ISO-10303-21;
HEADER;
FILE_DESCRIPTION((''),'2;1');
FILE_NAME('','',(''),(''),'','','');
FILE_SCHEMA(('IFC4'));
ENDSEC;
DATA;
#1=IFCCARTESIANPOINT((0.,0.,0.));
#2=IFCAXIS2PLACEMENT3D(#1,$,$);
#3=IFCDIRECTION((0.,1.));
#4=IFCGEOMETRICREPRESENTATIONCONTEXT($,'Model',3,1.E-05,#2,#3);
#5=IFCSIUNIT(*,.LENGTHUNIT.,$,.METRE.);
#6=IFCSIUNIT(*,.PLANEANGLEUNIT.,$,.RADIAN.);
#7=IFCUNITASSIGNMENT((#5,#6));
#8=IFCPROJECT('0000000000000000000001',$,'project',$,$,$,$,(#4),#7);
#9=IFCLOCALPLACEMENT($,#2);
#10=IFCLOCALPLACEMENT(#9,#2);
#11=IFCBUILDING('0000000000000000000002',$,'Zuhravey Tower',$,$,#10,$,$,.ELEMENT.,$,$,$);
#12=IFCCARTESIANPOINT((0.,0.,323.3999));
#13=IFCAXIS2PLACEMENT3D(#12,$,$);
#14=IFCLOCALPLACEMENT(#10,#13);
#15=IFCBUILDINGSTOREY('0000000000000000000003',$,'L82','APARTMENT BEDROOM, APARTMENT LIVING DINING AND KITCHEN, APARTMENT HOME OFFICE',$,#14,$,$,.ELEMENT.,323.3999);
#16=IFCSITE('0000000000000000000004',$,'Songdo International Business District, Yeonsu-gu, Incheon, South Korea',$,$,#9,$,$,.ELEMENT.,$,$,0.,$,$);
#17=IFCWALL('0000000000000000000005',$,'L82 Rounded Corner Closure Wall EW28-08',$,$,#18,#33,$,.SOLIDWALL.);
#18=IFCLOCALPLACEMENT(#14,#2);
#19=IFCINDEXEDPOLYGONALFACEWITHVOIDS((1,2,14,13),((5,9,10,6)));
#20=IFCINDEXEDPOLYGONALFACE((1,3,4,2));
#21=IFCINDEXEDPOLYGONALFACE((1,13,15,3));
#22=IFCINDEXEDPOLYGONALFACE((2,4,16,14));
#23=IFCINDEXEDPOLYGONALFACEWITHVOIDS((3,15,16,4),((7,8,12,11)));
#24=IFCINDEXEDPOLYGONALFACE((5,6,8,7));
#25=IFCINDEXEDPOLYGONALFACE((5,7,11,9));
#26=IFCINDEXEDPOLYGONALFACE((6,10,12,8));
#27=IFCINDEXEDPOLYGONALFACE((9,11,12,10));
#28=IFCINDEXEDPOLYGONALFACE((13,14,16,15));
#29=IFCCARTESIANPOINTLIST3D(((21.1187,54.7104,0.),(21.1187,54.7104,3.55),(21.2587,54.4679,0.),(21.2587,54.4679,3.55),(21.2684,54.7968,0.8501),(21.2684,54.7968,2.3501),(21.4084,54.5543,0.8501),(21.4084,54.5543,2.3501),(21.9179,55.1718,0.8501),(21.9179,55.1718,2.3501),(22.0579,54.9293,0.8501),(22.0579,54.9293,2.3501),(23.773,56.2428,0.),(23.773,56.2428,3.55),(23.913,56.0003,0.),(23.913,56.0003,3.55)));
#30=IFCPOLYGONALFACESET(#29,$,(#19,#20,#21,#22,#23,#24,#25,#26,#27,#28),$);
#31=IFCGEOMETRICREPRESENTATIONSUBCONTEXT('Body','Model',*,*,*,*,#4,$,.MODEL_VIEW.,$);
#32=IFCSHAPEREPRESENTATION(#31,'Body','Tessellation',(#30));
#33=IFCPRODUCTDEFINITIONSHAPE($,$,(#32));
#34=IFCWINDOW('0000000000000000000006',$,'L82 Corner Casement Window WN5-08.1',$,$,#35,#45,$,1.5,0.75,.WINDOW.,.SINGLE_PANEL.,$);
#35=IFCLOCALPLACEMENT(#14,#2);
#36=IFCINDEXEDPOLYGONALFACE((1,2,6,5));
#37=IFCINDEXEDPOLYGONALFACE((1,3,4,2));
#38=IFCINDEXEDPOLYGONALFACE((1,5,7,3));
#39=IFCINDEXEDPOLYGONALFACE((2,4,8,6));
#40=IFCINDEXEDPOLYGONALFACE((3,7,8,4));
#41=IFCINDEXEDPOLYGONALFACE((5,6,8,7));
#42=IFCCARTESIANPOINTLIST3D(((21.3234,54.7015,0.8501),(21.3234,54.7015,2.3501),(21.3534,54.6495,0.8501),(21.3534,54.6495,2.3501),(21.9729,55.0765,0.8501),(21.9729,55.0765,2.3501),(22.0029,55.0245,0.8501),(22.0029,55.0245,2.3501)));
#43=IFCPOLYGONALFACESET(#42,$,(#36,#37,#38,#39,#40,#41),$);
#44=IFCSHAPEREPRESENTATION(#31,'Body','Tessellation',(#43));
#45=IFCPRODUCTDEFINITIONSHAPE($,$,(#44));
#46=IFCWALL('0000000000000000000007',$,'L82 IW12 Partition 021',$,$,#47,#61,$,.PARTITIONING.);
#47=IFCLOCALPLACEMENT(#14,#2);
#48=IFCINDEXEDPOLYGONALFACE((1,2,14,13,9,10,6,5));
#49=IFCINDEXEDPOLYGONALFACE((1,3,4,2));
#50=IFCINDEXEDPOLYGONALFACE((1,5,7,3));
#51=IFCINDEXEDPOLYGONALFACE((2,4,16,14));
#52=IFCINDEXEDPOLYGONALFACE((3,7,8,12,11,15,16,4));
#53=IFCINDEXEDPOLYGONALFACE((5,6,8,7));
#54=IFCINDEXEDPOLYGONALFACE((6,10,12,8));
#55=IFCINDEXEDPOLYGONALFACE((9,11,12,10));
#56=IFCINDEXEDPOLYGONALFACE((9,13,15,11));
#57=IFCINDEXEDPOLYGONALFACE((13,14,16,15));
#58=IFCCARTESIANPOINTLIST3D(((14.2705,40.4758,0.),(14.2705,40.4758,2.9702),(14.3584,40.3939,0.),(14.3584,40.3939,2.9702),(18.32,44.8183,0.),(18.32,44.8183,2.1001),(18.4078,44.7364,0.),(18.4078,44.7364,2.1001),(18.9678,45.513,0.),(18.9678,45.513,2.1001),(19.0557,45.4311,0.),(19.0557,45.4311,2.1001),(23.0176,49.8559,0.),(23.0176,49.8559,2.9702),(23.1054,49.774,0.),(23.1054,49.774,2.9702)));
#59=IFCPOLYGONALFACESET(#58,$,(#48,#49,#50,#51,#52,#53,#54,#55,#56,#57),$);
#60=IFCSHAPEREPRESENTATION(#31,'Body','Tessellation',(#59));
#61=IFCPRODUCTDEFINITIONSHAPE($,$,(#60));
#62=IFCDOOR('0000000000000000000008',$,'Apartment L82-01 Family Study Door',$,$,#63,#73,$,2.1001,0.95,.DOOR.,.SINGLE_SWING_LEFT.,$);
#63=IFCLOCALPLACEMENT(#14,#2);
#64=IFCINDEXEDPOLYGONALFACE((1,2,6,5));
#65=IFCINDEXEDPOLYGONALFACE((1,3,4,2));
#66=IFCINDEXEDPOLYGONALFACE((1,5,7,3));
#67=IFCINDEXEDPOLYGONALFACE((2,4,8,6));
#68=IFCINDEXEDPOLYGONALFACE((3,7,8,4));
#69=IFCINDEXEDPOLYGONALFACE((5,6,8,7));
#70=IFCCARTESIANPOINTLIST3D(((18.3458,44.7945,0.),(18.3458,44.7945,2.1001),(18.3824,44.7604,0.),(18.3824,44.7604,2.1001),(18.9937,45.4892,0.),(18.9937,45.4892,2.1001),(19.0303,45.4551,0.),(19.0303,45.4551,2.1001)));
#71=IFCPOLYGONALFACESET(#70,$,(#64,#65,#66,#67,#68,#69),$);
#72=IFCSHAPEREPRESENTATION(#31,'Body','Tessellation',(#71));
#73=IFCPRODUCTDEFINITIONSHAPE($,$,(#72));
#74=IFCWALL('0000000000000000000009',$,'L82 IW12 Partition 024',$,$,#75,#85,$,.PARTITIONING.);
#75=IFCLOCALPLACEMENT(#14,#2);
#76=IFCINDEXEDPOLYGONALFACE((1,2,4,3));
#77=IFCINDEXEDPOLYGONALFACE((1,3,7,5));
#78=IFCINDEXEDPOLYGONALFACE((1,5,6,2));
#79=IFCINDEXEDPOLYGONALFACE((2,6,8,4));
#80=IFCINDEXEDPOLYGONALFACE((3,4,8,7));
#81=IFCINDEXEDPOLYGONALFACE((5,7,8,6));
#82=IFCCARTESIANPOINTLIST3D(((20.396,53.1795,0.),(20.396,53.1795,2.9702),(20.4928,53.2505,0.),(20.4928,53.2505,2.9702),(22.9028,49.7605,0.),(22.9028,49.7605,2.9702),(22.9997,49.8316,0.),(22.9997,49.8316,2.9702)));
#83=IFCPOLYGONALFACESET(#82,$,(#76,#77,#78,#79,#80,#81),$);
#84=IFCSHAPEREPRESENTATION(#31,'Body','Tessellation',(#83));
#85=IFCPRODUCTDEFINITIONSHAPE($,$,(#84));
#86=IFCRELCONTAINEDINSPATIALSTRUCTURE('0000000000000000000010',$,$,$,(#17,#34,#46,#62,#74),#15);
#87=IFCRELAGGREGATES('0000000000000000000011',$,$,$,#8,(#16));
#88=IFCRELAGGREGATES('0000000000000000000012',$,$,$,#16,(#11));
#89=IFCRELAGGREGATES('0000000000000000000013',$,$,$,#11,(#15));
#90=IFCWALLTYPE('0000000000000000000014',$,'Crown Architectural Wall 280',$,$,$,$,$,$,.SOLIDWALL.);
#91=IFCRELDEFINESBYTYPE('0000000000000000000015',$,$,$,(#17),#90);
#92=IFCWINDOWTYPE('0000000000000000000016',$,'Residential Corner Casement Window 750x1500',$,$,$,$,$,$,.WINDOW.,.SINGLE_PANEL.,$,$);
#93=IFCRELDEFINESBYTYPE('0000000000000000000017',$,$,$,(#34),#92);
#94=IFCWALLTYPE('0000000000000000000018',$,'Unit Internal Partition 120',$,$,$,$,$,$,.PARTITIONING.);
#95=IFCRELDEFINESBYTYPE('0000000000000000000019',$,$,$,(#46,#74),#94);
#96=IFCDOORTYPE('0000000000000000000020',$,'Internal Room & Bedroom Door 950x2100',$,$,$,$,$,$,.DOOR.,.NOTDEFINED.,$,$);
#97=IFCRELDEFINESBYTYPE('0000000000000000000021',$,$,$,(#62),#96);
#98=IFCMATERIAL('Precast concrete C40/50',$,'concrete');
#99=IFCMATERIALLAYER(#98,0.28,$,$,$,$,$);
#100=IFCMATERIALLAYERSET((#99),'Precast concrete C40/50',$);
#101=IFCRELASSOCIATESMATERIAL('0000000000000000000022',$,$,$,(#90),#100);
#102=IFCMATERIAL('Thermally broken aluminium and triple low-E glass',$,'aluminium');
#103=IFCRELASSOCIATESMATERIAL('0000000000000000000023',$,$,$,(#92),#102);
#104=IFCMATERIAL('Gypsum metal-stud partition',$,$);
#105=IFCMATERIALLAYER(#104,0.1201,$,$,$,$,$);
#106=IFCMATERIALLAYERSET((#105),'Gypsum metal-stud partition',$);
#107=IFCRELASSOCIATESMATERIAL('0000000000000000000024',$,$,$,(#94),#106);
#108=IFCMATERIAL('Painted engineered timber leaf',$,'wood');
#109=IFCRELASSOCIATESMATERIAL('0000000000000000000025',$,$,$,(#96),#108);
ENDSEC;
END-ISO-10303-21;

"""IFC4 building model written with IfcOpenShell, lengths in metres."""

from ifc_helpers import new_model, si_unit, direction, frame, frame_2d, origin, place, context, subcontext, project, spatial, rectangle, extrude, material, layer, layer_set, type_object, element, fill, save


model = new_model("IFC4")

# Units and contexts
model_context = context("Model", 3, precision=1e-05, world=origin(), true_north=direction((0.0, 1.0)))
body_context = subcontext(model_context, "Body", "Model", "MODEL_VIEW")
ifc_project = project(units=[si_unit("LENGTHUNIT", "METRE"), si_unit("PLANEANGLEUNIT", "RADIAN")], contexts=[model_context])

# Site, building, storey
site_placement = place(None, origin())
site = spatial("IfcSite", under=ifc_project, at=site_placement, Name="Songdo International Business District, Yeonsu-gu, Incheon, South Korea", CompositionType="ELEMENT", RefElevation=0.0)
building_placement = place(site_placement, origin())
building = spatial("IfcBuilding", under=site, at=building_placement, Name="Zuhravey Tower", CompositionType="ELEMENT")
storey_placement = place(building_placement, frame((0.0, 0.0, 323.3999)))
storey = spatial("IfcBuildingStorey", under=building, at=storey_placement, Name="L82", Description="APARTMENT BEDROOM, APARTMENT LIVING DINING AND KITCHEN, APARTMENT HOME OFFICE", CompositionType="ELEMENT", Elevation=323.3999)

# Wall, opening, window
ifc_material_1 = material(Name="Precast concrete C40/50", Category="concrete")
ifc_layer_1 = layer(ifc_material_1, 0.28)
ifc_layer_set_1 = layer_set([ifc_layer_1], Name="Precast concrete C40/50")
wall_type_1 = type_object("IfcWallType", Name="Crown Architectural Wall 280", PredefinedType="SOLIDWALL", material=ifc_layer_set_1)
wall_1_placement = place(storey_placement, frame((21.1887, 54.5891, 0.0), z_axis=(0.0, 0.0, 1.0), x_axis=(0.866024, 0.500003, 0.0)))
wall_1 = element("IfcWall", 1, at=wall_1_placement, inside=storey, type_object=wall_type_1, Name="L82 Rounded Corner Closure Wall EW28-08", PredefinedType="SOLIDWALL", context=body_context, shape_type="SweptSolid", body=[
    extrude(rectangle(XDim=3.0649, YDim=0.28, at=frame_2d((1.5325, 0.0))), origin(), (0.0, 0.0, 1.0), 3.55),
])
opening_1_placement = place(wall_1_placement, frame((0.1729, 0.0, 0.8501)))
opening_1 = element("IfcOpeningElement", 2, at=opening_1_placement, cuts=wall_1, PredefinedType="OPENING", context=body_context, shape_type="SweptSolid", body=[
    extrude(rectangle(XDim=0.75, YDim=1.5, at=frame_2d((0.375, 0.75))), frame((0.0, 0.1521, 0.0), z_axis=(0.0, -1.0, 0.0), x_axis=(1.0, 0.0, 0.0)), (0.0, 0.0, 1.0), 0.304),
])
ifc_material_2 = material(Name="Thermally broken aluminium and triple low-E glass", Category="aluminium")
window_type = type_object("IfcWindowType", Name="Residential Corner Casement Window 750x1500", PartitioningType="SINGLE_PANEL", PredefinedType="WINDOW", material=ifc_material_2)
window_placement = place(opening_1_placement, origin())
window = element("IfcWindow", 3, at=window_placement, inside=storey, type_object=window_type, Name="L82 Corner Casement Window WN5-08.1", OverallHeight=1.5, OverallWidth=0.75, PartitioningType="SINGLE_PANEL", PredefinedType="WINDOW", context=body_context, shape_type="SweptSolid", body=[
    extrude(rectangle(XDim=0.75, YDim=1.5, at=frame_2d((0.375, 0.75))), frame((0.0, 0.03, 0.0), z_axis=(0.0, -1.0, 0.0), x_axis=(1.0, 0.0, 0.0)), (0.0, 0.0, 1.0), 0.0601),
])
fill(opening_1, window)

# Wall, opening, door
ifc_material_3 = material(Name="Gypsum metal-stud partition")
ifc_layer_2 = layer(ifc_material_3, 0.1201)
ifc_layer_set_2 = layer_set([ifc_layer_2], Name="Gypsum metal-stud partition")
wall_type_2 = type_object("IfcWallType", Name="Unit Internal Partition 120", PredefinedType="PARTITIONING", material=ifc_layer_set_2)
wall_2_placement = place(storey_placement, frame((23.0615, 49.8149, 0.0), z_axis=(0.0, 0.0, 1.0), x_axis=(-0.681997, -0.731355, 0.0)))
wall_2 = element("IfcWall", 4, at=wall_2_placement, inside=storey, type_object=wall_type_2, Name="L82 IW12 Partition 021", PredefinedType="PARTITIONING", context=body_context, shape_type="SweptSolid", body=[
    extrude(rectangle(XDim=12.8257, YDim=0.1201, at=frame_2d((6.4128, 0.0))), origin(), (0.0, 0.0, 1.0), 2.9702),
])
opening_2_placement = place(wall_2_placement, frame((5.938, 0.0, 0.0)))
opening_2 = element("IfcOpeningElement", 5, at=opening_2_placement, cuts=wall_2, PredefinedType="OPENING", context=body_context, shape_type="SweptSolid", body=[
    extrude(rectangle(XDim=0.95, YDim=2.1001, at=frame_2d((0.4751, 1.05))), frame((0.0, 0.072, 0.0), z_axis=(0.0, -1.0, 0.0), x_axis=(1.0, 0.0, 0.0)), (0.0, 0.0, 1.0), 0.144),
])
ifc_material_4 = material(Name="Painted engineered timber leaf", Category="wood")
door_type = type_object("IfcDoorType", Name="Internal Room & Bedroom Door 950x2100", OperationType="NOTDEFINED", PredefinedType="DOOR", material=ifc_material_4)
door_placement = place(opening_2_placement, frame((0.95, 0.0, 0.0), z_axis=(0.0, 0.0, 1.0), x_axis=(-1.0, 0.0, 0.0)))
door = element("IfcDoor", 6, at=door_placement, inside=storey, type_object=door_type, Name="Apartment L82-01 Family Study Door", OperationType="SINGLE_SWING_LEFT", OverallHeight=2.1001, OverallWidth=0.95, PredefinedType="DOOR", context=body_context, shape_type="SweptSolid", body=[
    extrude(rectangle(XDim=0.95, YDim=2.1001, at=frame_2d((0.4751, 1.05))), frame((0.0, 0.0249, 0.0), z_axis=(0.0, -1.0, 0.0), x_axis=(1.0, 0.0, 0.0)), (0.0, 0.0, 1.0), 0.05),
])
fill(opening_2, door)

# Wall
wall_3_placement = place(storey_placement, frame((22.9512, 49.7961, 0.0), z_axis=(0.0, 0.0, 1.0), x_axis=(-0.591304, 0.806449, 0.0)))
element("IfcWall", 7, at=wall_3_placement, inside=storey, type_object=wall_type_2, Name="L82 IW12 Partition 024", PredefinedType="PARTITIONING", context=body_context, shape_type="SweptSolid", body=[
    extrude(rectangle(XDim=4.2395, YDim=0.1201, at=frame_2d((2.1196, 0.0))), origin(), (0.0, 0.0, 1.0), 2.9702),
])

save(model, "model.ifc")
